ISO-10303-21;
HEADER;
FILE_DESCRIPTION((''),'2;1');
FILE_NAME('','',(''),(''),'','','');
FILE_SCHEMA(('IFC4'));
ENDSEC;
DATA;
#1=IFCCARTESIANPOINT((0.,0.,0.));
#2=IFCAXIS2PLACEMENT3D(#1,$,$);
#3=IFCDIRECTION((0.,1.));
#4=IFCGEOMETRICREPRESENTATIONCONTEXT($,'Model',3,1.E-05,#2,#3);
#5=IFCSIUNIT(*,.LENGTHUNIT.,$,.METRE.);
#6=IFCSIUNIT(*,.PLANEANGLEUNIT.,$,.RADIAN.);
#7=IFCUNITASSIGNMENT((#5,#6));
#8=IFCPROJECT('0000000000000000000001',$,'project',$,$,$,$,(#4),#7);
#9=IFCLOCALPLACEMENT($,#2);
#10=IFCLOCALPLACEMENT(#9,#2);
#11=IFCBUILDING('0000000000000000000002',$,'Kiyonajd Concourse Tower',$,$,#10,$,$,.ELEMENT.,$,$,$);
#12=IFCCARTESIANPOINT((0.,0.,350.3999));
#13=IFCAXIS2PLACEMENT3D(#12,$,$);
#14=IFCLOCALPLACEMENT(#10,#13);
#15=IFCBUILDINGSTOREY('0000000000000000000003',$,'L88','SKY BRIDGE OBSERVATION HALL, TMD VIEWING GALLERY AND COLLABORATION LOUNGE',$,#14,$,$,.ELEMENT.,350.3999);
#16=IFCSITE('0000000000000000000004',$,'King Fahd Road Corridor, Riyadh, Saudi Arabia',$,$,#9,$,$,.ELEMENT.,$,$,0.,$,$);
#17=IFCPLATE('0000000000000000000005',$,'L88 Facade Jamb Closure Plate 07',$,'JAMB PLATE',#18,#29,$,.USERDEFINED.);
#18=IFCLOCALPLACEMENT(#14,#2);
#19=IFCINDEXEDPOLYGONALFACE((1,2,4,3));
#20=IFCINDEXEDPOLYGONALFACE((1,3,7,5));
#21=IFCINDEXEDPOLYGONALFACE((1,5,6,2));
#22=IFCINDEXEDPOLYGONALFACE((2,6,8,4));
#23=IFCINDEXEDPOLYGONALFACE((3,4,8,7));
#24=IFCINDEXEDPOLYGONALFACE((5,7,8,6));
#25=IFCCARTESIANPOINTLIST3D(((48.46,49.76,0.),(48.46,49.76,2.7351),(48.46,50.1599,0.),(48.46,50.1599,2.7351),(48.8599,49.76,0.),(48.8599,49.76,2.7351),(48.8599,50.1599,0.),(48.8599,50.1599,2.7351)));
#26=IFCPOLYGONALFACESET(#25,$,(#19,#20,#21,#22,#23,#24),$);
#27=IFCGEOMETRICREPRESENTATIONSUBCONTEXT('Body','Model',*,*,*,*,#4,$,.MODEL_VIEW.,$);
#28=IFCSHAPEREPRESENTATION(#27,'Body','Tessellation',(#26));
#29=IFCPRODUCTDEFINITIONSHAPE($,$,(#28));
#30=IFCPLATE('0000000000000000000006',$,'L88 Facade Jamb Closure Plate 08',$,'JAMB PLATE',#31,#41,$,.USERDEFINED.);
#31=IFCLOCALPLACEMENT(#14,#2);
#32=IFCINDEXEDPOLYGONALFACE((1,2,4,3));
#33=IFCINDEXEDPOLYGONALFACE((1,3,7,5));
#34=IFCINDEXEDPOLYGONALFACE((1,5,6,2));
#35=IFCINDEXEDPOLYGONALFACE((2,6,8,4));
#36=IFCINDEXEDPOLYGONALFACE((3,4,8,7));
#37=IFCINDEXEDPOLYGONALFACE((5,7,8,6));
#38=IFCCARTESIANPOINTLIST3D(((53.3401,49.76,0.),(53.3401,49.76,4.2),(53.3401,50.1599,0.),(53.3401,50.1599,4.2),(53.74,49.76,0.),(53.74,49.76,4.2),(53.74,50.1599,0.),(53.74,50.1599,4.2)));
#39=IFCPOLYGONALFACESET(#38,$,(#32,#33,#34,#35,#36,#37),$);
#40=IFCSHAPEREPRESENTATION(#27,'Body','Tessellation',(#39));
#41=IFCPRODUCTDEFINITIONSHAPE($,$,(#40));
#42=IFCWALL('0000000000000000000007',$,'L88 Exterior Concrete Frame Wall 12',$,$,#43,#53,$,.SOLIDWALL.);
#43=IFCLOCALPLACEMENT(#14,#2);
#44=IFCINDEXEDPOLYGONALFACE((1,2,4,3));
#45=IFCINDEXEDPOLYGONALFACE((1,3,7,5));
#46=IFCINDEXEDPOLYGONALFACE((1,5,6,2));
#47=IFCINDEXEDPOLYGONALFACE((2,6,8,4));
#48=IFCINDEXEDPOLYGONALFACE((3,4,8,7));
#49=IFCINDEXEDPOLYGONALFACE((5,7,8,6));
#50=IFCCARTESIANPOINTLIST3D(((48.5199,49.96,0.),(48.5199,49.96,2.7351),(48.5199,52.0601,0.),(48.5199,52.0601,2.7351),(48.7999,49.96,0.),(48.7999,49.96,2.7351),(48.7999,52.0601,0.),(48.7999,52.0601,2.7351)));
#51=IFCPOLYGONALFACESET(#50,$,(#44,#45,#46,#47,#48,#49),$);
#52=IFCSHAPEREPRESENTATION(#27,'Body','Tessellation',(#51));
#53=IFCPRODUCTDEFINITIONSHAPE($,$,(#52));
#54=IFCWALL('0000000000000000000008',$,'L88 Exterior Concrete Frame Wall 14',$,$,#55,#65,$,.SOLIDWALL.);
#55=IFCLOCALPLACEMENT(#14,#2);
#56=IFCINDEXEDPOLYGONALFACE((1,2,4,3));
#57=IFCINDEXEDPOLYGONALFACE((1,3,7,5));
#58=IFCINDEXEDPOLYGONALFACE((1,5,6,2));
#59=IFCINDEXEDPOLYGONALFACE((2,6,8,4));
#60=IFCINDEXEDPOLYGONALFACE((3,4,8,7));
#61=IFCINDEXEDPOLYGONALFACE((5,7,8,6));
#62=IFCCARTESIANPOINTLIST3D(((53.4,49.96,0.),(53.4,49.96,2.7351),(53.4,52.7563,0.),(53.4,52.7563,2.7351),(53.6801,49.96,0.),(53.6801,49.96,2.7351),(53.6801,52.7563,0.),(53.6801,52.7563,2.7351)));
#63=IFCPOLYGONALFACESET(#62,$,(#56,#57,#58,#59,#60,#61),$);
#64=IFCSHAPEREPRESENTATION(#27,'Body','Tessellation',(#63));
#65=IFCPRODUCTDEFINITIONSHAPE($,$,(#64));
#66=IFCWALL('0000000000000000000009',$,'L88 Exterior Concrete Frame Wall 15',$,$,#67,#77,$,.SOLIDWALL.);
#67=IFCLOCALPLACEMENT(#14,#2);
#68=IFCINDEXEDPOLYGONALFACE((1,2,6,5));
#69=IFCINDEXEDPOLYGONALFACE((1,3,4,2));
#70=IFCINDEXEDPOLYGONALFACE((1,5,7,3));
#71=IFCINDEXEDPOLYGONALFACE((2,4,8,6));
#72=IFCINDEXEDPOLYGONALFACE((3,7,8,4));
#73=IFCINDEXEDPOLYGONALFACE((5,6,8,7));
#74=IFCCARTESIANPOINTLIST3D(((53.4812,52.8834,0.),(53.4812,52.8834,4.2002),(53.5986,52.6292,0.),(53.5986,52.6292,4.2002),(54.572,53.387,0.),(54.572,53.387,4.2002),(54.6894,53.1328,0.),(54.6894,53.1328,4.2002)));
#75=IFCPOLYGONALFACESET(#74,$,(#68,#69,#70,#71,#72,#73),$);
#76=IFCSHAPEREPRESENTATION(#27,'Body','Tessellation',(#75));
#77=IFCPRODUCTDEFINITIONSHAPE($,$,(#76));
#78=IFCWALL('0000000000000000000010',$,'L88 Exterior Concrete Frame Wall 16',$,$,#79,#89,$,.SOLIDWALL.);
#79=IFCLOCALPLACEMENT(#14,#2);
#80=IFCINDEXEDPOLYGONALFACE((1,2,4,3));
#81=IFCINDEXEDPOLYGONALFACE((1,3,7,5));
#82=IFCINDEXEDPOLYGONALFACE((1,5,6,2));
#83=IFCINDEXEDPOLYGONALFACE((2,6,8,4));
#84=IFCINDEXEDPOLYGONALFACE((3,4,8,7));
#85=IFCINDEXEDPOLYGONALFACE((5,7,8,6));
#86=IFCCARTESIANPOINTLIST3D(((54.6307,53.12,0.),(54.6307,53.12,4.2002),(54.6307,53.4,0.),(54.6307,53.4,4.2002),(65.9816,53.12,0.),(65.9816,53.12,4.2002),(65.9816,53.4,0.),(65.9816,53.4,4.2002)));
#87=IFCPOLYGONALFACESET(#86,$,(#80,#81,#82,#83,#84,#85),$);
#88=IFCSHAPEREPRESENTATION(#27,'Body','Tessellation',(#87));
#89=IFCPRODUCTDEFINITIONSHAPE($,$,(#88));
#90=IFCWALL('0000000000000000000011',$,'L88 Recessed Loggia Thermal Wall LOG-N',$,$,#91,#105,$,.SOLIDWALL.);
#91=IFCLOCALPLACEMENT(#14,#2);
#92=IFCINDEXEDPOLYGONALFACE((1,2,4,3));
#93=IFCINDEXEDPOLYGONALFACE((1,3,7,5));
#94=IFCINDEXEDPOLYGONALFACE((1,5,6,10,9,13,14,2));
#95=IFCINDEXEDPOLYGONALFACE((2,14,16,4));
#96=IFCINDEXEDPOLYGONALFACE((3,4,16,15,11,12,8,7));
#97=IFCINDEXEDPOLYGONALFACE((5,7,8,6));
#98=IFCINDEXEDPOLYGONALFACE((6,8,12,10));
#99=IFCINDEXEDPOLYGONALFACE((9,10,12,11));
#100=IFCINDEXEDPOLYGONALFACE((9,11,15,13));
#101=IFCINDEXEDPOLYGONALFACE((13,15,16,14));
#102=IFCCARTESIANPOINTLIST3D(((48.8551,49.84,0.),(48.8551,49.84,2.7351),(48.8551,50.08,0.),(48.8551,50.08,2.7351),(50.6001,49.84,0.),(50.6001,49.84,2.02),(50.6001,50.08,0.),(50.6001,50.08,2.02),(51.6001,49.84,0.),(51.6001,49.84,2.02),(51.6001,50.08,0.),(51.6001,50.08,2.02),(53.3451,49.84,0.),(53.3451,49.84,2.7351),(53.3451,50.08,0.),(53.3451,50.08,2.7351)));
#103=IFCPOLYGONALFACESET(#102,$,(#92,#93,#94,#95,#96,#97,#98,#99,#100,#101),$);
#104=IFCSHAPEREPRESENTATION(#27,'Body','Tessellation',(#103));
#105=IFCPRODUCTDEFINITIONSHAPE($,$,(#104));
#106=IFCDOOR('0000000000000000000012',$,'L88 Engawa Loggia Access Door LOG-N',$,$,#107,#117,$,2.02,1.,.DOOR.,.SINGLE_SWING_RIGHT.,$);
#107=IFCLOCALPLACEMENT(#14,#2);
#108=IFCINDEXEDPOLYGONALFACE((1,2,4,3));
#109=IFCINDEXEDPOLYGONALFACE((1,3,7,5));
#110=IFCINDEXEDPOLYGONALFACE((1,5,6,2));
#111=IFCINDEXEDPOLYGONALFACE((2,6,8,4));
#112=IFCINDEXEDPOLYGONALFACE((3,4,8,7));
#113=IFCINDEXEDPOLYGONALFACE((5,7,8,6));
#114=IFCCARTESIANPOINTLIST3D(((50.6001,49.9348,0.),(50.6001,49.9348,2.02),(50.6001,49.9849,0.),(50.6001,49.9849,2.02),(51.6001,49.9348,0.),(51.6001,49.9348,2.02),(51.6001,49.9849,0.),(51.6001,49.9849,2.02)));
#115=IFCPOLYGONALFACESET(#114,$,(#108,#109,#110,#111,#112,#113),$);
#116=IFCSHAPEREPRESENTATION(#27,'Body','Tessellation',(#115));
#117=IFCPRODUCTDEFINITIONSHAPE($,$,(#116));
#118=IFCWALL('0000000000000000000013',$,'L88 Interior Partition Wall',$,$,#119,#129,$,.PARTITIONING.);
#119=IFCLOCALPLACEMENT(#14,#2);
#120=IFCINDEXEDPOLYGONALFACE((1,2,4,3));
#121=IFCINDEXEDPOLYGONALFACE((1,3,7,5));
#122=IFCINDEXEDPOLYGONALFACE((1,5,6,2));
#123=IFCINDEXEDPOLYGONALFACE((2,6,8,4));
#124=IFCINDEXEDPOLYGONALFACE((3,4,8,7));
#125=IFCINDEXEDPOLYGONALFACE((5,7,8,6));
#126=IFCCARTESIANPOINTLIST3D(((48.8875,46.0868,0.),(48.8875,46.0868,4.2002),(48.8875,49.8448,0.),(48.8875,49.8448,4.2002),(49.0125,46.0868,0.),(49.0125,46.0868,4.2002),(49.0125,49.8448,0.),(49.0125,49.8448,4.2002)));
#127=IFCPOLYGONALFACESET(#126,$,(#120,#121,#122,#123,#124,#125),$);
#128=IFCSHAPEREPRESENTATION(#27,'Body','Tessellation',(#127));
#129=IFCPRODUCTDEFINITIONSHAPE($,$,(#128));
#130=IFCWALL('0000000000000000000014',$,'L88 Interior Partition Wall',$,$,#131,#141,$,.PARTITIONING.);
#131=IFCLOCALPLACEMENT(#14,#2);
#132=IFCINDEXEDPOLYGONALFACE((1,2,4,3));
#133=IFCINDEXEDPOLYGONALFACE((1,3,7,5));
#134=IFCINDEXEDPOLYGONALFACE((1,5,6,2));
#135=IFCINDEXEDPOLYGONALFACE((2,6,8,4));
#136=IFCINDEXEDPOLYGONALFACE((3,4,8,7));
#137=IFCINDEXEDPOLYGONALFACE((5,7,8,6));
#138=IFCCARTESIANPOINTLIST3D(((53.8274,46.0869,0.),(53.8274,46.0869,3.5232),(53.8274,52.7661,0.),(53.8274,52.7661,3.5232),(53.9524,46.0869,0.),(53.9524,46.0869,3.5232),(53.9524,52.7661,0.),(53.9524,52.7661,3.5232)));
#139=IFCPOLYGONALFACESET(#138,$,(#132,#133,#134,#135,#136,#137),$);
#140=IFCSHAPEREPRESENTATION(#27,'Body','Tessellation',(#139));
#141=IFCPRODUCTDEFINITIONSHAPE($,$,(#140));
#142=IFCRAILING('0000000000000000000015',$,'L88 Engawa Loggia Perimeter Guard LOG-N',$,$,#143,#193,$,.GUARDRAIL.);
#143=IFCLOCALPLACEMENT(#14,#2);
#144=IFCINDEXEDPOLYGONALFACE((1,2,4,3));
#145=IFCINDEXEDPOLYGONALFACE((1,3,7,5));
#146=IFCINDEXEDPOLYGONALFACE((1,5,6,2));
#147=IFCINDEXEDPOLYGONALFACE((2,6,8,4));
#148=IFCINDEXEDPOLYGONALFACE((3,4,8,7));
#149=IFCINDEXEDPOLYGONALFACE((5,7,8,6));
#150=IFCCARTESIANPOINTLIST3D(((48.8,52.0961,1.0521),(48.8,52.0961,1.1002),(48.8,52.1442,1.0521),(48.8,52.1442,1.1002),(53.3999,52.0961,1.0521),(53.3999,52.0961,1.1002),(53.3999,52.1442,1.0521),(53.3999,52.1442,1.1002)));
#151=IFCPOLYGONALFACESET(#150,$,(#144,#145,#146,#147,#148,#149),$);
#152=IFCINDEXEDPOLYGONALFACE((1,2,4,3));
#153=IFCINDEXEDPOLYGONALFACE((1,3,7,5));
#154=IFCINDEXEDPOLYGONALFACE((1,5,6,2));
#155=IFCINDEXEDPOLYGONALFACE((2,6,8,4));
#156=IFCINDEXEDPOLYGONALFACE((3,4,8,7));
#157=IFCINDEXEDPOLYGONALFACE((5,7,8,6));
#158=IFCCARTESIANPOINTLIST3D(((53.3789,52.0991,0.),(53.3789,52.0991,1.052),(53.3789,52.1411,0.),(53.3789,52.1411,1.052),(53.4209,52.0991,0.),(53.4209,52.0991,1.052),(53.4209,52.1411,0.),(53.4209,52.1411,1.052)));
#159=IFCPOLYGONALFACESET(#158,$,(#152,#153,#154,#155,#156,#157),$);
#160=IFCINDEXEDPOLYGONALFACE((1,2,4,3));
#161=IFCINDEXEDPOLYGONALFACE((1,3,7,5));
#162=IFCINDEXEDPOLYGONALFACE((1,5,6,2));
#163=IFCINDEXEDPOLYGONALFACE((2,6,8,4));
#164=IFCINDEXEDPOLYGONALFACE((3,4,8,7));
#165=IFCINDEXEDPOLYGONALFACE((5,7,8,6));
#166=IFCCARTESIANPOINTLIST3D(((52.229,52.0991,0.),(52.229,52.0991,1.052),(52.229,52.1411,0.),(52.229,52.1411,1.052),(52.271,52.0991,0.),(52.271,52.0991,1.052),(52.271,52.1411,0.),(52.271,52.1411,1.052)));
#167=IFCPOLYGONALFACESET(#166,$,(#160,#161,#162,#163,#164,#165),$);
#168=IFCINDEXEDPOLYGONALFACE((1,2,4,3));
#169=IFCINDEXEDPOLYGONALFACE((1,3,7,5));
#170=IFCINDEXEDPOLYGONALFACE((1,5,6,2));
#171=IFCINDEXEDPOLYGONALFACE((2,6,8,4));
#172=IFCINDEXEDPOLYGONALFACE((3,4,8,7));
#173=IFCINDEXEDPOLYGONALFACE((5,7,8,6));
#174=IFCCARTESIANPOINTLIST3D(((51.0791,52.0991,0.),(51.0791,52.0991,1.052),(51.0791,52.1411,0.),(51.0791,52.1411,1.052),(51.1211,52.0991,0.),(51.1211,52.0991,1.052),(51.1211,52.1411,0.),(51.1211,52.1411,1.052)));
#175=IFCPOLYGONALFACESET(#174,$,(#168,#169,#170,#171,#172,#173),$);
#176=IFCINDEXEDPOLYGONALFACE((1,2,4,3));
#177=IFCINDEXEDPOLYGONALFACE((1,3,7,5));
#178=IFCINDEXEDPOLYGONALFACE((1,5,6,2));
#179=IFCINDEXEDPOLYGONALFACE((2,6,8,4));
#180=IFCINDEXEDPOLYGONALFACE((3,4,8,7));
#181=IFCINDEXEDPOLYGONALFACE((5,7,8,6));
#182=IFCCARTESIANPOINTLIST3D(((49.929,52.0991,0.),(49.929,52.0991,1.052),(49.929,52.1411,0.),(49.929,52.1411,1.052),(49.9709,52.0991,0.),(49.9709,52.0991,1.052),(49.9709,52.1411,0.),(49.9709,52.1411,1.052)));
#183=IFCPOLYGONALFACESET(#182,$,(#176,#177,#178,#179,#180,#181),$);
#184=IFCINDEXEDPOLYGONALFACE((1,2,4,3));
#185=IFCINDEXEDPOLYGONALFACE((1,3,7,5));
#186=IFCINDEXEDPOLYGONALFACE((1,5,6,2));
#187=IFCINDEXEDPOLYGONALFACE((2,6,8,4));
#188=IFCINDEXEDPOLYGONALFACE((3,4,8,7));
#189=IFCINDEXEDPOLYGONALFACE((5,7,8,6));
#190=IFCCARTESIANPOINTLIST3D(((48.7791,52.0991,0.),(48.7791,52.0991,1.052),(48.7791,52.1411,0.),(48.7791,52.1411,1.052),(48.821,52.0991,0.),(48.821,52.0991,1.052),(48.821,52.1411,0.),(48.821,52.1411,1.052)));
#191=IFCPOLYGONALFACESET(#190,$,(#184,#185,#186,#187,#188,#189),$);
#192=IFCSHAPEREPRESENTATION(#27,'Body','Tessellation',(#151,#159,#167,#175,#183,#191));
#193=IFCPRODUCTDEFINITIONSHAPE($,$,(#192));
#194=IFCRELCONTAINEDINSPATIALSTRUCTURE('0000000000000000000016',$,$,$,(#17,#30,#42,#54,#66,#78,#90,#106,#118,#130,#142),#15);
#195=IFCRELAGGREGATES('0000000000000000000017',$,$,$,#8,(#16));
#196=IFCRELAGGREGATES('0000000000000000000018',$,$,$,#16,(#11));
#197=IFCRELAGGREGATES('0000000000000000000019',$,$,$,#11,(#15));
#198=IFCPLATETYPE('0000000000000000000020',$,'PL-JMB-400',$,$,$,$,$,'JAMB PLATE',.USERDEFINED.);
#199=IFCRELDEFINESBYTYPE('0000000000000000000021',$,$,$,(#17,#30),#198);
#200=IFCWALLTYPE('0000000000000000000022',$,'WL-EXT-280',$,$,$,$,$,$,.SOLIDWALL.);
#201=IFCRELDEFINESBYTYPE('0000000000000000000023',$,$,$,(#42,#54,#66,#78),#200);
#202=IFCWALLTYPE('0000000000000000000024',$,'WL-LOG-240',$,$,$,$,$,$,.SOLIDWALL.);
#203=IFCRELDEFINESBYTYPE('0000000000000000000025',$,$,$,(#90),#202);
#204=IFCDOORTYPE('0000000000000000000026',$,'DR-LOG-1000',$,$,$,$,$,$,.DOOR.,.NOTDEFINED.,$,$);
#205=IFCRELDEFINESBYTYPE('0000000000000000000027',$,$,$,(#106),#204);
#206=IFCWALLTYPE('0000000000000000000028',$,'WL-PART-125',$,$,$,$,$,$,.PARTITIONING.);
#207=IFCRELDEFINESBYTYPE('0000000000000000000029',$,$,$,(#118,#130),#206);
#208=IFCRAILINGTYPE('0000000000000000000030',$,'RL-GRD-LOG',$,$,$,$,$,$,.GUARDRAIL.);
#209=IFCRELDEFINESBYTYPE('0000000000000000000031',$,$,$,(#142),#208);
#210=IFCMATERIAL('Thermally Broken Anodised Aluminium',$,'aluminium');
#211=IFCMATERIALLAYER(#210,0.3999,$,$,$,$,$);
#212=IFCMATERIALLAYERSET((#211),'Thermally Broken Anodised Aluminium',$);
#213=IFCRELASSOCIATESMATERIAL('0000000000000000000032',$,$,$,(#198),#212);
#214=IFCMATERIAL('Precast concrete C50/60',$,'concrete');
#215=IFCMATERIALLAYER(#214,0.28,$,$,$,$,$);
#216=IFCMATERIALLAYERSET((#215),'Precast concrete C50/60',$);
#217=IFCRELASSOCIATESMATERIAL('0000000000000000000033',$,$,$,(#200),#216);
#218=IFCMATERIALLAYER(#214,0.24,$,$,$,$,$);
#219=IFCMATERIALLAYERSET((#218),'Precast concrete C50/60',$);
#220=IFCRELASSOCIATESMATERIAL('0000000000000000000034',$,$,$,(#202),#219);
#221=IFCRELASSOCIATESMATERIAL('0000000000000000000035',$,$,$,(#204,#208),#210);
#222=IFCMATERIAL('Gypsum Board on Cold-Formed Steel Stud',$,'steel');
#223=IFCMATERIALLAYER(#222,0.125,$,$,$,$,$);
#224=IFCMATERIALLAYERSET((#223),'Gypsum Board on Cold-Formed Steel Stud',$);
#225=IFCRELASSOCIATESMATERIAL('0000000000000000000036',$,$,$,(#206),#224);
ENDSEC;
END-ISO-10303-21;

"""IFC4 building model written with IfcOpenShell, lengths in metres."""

from ifc_helpers import new_model, si_unit, direction, frame, frame_2d, origin, origin_2d, place, context, subcontext, project, spatial, rectangle, extrude, material, layer, layer_set, type_object, element, fill, save


model = new_model("IFC4")

# Units and contexts
model_context = context("Model", 3, precision=1e-05, world=origin(), true_north=direction((0.0, 1.0)))
body_context = subcontext(model_context, "Body", "Model", "MODEL_VIEW")
ifc_project = project(units=[si_unit("LENGTHUNIT", "METRE"), si_unit("PLANEANGLEUNIT", "RADIAN")], contexts=[model_context])

# Site, building, storey
site_placement = place(None, origin())
site = spatial("IfcSite", under=ifc_project, at=site_placement, Name="King Fahd Road Corridor, Riyadh, Saudi Arabia", CompositionType="ELEMENT", RefElevation=0.0)
building_placement = place(site_placement, origin())
building = spatial("IfcBuilding", under=site, at=building_placement, Name="Kiyonajd Concourse Tower", CompositionType="ELEMENT")
storey_placement = place(building_placement, frame((0.0, 0.0, 350.3999)))
storey = spatial("IfcBuildingStorey", under=building, at=storey_placement, Name="L88", Description="SKY BRIDGE OBSERVATION HALL, TMD VIEWING GALLERY AND COLLABORATION LOUNGE", CompositionType="ELEMENT", Elevation=350.3999)

# Plates
ifc_material_1 = material(Name="Thermally Broken Anodised Aluminium", Category="aluminium")
ifc_layer_1 = layer(ifc_material_1, 0.3999)
ifc_layer_set_1 = layer_set([ifc_layer_1], Name="Thermally Broken Anodised Aluminium")
plate_type_1 = type_object("IfcPlateType", Name="PL-JMB-400", ElementType="JAMB PLATE", PredefinedType="USERDEFINED", material=ifc_layer_set_1)
plate_1_placement = place(storey_placement, frame((48.6599, 49.96, 0.0), z_axis=(0.0, 0.0, 1.0), x_axis=(1.0, 0.0, 0.0)))
element("IfcPlate", 1, at=plate_1_placement, inside=storey, type_object=plate_type_1, Name="L88 Facade Jamb Closure Plate 07", ObjectType="JAMB PLATE", PredefinedType="USERDEFINED", context=body_context, shape_type="SweptSolid", body=[
    extrude(rectangle(XDim=0.3999, YDim=0.3999, at=origin_2d()), origin(), (0.0, 0.0, 1.0), 2.7351),
])
plate_2_placement = place(storey_placement, frame((53.54, 49.96, 0.0), z_axis=(0.0, 0.0, 1.0), x_axis=(1.0, 0.0, 0.0)))
element("IfcPlate", 2, at=plate_2_placement, inside=storey, type_object=plate_type_1, Name="L88 Facade Jamb Closure Plate 08", ObjectType="JAMB PLATE", PredefinedType="USERDEFINED", context=body_context, shape_type="SweptSolid", body=[
    extrude(rectangle(XDim=0.3999, YDim=0.3999, at=origin_2d()), origin(), (0.0, 0.0, 1.0), 4.2),
])

# Walls
ifc_material_2 = material(Name="Precast concrete C50/60", Category="concrete")
ifc_layer_2 = layer(ifc_material_2, 0.28)
ifc_layer_set_2 = layer_set([ifc_layer_2], Name="Precast concrete C50/60")
wall_type_1 = type_object("IfcWallType", Name="WL-EXT-280", PredefinedType="SOLIDWALL", material=ifc_layer_set_2)
wall_1_placement = place(storey_placement, frame((48.6599, 52.0601, 0.0), z_axis=(0.0, 0.0, 1.0), x_axis=(0.0, -1.0, 0.0)))
element("IfcWall", 3, at=wall_1_placement, inside=storey, type_object=wall_type_1, Name="L88 Exterior Concrete Frame Wall 12", PredefinedType="SOLIDWALL", context=body_context, shape_type="SweptSolid", body=[
    extrude(rectangle(XDim=2.1001, YDim=0.28, at=frame_2d((1.05, 0.0))), origin(), (0.0, 0.0, 1.0), 2.7351),
])
wall_2_placement = place(storey_placement, frame((53.54, 49.96, 0.0), z_axis=(0.0, 0.0, 1.0), x_axis=(0.0, 1.0, 0.0)))
element("IfcWall", 4, at=wall_2_placement, inside=storey, type_object=wall_type_1, Name="L88 Exterior Concrete Frame Wall 14", PredefinedType="SOLIDWALL", context=body_context, shape_type="SweptSolid", body=[
    extrude(rectangle(XDim=2.7964, YDim=0.28, at=frame_2d((1.3982, 0.0))), origin(), (0.0, 0.0, 1.0), 2.7351),
])
wall_3_placement = place(storey_placement, frame((53.54, 52.7563, 0.0), z_axis=(0.0, 0.0, 1.0), x_axis=(0.907894, 0.4192, 0.0)))
element("IfcWall", 5, at=wall_3_placement, inside=storey, type_object=wall_type_1, Name="L88 Exterior Concrete Frame Wall 15", PredefinedType="SOLIDWALL", context=body_context, shape_type="SweptSolid", body=[
    extrude(rectangle(XDim=1.2014, YDim=0.28, at=frame_2d((0.6006, 0.0))), origin(), (0.0, 0.0, 1.0), 4.2002),
])
wall_4_placement = place(storey_placement, frame((54.6309, 53.26, 0.0), z_axis=(0.0, 0.0, 1.0), x_axis=(1.0, 0.0, 0.0)))
element("IfcWall", 6, at=wall_4_placement, inside=storey, type_object=wall_type_1, Name="L88 Exterior Concrete Frame Wall 16", PredefinedType="SOLIDWALL", context=body_context, shape_type="SweptSolid", body=[
    extrude(rectangle(XDim=11.3508, YDim=0.28, at=frame_2d((5.6753, 0.0))), origin(), (0.0, 0.0, 1.0), 4.2002),
])

# Wall, opening, door
ifc_layer_3 = layer(ifc_material_2, 0.24)
ifc_layer_set_3 = layer_set([ifc_layer_3], Name="Precast concrete C50/60")
wall_type_2 = type_object("IfcWallType", Name="WL-LOG-240", PredefinedType="SOLIDWALL", material=ifc_layer_set_3)
wall_5_placement = place(storey_placement, frame((48.855, 49.96, 0.0), z_axis=(0.0, 0.0, 1.0), x_axis=(1.0, 0.0, 0.0)))
wall_5 = element("IfcWall", 7, at=wall_5_placement, inside=storey, type_object=wall_type_2, Name="L88 Recessed Loggia Thermal Wall LOG-N", PredefinedType="SOLIDWALL", context=body_context, shape_type="SweptSolid", body=[
    extrude(rectangle(XDim=4.49, YDim=0.24, at=frame_2d((2.2451, 0.0))), origin(), (0.0, 0.0, 1.0), 2.7351),
])
opening_placement = place(wall_5_placement, frame((1.7451, 0.0, 0.0)))
opening = element("IfcOpeningElement", 8, at=opening_placement, cuts=wall_5, PredefinedType="OPENING", context=body_context, shape_type="SweptSolid", body=[
    extrude(rectangle(XDim=1.0, YDim=2.02, at=frame_2d((0.5, 1.01))), frame((0.0, 0.1299, 0.0), z_axis=(0.0, -1.0, 0.0), x_axis=(1.0, 0.0, 0.0)), (0.0, 0.0, 1.0), 0.26),
])
door_type = type_object("IfcDoorType", Name="DR-LOG-1000", OperationType="NOTDEFINED", PredefinedType="DOOR", material=ifc_material_1)
door_placement = place(opening_placement, origin())
door = element("IfcDoor", 9, at=door_placement, inside=storey, type_object=door_type, Name="L88 Engawa Loggia Access Door LOG-N", OperationType="SINGLE_SWING_RIGHT", OverallHeight=2.02, OverallWidth=1.0, PredefinedType="DOOR", context=body_context, shape_type="SweptSolid", body=[
    extrude(rectangle(XDim=1.0, YDim=2.02, at=frame_2d((0.5, 1.01))), frame((0.0, 0.0249, 0.0), z_axis=(0.0, -1.0, 0.0), x_axis=(1.0, 0.0, 0.0)), (0.0, 0.0, 1.0), 0.05),
])
fill(opening, door)

# Walls
ifc_material_3 = material(Name="Gypsum Board on Cold-Formed Steel Stud", Category="steel")
ifc_layer_4 = layer(ifc_material_3, 0.125)
ifc_layer_set_4 = layer_set([ifc_layer_4], Name="Gypsum Board on Cold-Formed Steel Stud")
wall_type_3 = type_object("IfcWallType", Name="WL-PART-125", PredefinedType="PARTITIONING", material=ifc_layer_set_4)
wall_6_placement = place(storey_placement, frame((48.95, 46.0869, 0.0), z_axis=(0.0, 0.0, 1.0), x_axis=(0.0, 1.0, 0.0)))
element("IfcWall", 10, at=wall_6_placement, inside=storey, type_object=wall_type_3, Name="L88 Interior Partition Wall", PredefinedType="PARTITIONING", context=body_context, shape_type="SweptSolid", body=[
    extrude(rectangle(XDim=3.7581, YDim=0.125, at=frame_2d((1.8789, 0.0))), origin(), (0.0, 0.0, 1.0), 4.2002),
])
wall_7_placement = place(storey_placement, frame((53.8899, 46.0869, 0.0), z_axis=(0.0, 0.0, 1.0), x_axis=(0.0, 1.0, 0.0)))
element("IfcWall", 11, at=wall_7_placement, inside=storey, type_object=wall_type_3, Name="L88 Interior Partition Wall", PredefinedType="PARTITIONING", context=body_context, shape_type="SweptSolid", body=[
    extrude(rectangle(XDim=6.6792, YDim=0.125, at=frame_2d((3.3396, 0.0))), origin(), (0.0, 0.0, 1.0), 3.5232),
])

# Railing
railing_type = type_object("IfcRailingType", Name="RL-GRD-LOG", PredefinedType="GUARDRAIL", material=ifc_material_1)
railing_placement = place(storey_placement, frame((53.3999, 52.1201, 0.0)))
element("IfcRailing", 12, at=railing_placement, inside=storey, type_object=railing_type, Name="L88 Engawa Loggia Perimeter Guard LOG-N", PredefinedType="GUARDRAIL", context=body_context, shape_type="SweptSolid", body=[
    extrude(rectangle(XDim=0.0481, YDim=0.0481, at=origin_2d()), frame((0.0, 0.0, 1.0762), z_axis=(-1.0, 0.0, 0.0), x_axis=(0.0, -1.0, 0.0)), (0.0, 0.0, 1.0), 4.5999),
    extrude(rectangle(XDim=0.042, YDim=0.042, at=origin_2d()), origin(), (0.0, 0.0, 1.0), 1.052),
    extrude(rectangle(XDim=0.042, YDim=0.042, at=origin_2d()), frame((-1.1499, 0.0, 0.0)), (0.0, 0.0, 1.0), 1.052),
    extrude(rectangle(XDim=0.042, YDim=0.042, at=origin_2d()), frame((-2.2998, 0.0, 0.0)), (0.0, 0.0, 1.0), 1.052),
    extrude(rectangle(XDim=0.042, YDim=0.042, at=origin_2d()), frame((-3.45, 0.0, 0.0)), (0.0, 0.0, 1.0), 1.052),
    extrude(rectangle(XDim=0.042, YDim=0.042, at=origin_2d()), frame((-4.5999, 0.0, 0.0)), (0.0, 0.0, 1.0), 1.052),
])

save(model, "model.ifc")
